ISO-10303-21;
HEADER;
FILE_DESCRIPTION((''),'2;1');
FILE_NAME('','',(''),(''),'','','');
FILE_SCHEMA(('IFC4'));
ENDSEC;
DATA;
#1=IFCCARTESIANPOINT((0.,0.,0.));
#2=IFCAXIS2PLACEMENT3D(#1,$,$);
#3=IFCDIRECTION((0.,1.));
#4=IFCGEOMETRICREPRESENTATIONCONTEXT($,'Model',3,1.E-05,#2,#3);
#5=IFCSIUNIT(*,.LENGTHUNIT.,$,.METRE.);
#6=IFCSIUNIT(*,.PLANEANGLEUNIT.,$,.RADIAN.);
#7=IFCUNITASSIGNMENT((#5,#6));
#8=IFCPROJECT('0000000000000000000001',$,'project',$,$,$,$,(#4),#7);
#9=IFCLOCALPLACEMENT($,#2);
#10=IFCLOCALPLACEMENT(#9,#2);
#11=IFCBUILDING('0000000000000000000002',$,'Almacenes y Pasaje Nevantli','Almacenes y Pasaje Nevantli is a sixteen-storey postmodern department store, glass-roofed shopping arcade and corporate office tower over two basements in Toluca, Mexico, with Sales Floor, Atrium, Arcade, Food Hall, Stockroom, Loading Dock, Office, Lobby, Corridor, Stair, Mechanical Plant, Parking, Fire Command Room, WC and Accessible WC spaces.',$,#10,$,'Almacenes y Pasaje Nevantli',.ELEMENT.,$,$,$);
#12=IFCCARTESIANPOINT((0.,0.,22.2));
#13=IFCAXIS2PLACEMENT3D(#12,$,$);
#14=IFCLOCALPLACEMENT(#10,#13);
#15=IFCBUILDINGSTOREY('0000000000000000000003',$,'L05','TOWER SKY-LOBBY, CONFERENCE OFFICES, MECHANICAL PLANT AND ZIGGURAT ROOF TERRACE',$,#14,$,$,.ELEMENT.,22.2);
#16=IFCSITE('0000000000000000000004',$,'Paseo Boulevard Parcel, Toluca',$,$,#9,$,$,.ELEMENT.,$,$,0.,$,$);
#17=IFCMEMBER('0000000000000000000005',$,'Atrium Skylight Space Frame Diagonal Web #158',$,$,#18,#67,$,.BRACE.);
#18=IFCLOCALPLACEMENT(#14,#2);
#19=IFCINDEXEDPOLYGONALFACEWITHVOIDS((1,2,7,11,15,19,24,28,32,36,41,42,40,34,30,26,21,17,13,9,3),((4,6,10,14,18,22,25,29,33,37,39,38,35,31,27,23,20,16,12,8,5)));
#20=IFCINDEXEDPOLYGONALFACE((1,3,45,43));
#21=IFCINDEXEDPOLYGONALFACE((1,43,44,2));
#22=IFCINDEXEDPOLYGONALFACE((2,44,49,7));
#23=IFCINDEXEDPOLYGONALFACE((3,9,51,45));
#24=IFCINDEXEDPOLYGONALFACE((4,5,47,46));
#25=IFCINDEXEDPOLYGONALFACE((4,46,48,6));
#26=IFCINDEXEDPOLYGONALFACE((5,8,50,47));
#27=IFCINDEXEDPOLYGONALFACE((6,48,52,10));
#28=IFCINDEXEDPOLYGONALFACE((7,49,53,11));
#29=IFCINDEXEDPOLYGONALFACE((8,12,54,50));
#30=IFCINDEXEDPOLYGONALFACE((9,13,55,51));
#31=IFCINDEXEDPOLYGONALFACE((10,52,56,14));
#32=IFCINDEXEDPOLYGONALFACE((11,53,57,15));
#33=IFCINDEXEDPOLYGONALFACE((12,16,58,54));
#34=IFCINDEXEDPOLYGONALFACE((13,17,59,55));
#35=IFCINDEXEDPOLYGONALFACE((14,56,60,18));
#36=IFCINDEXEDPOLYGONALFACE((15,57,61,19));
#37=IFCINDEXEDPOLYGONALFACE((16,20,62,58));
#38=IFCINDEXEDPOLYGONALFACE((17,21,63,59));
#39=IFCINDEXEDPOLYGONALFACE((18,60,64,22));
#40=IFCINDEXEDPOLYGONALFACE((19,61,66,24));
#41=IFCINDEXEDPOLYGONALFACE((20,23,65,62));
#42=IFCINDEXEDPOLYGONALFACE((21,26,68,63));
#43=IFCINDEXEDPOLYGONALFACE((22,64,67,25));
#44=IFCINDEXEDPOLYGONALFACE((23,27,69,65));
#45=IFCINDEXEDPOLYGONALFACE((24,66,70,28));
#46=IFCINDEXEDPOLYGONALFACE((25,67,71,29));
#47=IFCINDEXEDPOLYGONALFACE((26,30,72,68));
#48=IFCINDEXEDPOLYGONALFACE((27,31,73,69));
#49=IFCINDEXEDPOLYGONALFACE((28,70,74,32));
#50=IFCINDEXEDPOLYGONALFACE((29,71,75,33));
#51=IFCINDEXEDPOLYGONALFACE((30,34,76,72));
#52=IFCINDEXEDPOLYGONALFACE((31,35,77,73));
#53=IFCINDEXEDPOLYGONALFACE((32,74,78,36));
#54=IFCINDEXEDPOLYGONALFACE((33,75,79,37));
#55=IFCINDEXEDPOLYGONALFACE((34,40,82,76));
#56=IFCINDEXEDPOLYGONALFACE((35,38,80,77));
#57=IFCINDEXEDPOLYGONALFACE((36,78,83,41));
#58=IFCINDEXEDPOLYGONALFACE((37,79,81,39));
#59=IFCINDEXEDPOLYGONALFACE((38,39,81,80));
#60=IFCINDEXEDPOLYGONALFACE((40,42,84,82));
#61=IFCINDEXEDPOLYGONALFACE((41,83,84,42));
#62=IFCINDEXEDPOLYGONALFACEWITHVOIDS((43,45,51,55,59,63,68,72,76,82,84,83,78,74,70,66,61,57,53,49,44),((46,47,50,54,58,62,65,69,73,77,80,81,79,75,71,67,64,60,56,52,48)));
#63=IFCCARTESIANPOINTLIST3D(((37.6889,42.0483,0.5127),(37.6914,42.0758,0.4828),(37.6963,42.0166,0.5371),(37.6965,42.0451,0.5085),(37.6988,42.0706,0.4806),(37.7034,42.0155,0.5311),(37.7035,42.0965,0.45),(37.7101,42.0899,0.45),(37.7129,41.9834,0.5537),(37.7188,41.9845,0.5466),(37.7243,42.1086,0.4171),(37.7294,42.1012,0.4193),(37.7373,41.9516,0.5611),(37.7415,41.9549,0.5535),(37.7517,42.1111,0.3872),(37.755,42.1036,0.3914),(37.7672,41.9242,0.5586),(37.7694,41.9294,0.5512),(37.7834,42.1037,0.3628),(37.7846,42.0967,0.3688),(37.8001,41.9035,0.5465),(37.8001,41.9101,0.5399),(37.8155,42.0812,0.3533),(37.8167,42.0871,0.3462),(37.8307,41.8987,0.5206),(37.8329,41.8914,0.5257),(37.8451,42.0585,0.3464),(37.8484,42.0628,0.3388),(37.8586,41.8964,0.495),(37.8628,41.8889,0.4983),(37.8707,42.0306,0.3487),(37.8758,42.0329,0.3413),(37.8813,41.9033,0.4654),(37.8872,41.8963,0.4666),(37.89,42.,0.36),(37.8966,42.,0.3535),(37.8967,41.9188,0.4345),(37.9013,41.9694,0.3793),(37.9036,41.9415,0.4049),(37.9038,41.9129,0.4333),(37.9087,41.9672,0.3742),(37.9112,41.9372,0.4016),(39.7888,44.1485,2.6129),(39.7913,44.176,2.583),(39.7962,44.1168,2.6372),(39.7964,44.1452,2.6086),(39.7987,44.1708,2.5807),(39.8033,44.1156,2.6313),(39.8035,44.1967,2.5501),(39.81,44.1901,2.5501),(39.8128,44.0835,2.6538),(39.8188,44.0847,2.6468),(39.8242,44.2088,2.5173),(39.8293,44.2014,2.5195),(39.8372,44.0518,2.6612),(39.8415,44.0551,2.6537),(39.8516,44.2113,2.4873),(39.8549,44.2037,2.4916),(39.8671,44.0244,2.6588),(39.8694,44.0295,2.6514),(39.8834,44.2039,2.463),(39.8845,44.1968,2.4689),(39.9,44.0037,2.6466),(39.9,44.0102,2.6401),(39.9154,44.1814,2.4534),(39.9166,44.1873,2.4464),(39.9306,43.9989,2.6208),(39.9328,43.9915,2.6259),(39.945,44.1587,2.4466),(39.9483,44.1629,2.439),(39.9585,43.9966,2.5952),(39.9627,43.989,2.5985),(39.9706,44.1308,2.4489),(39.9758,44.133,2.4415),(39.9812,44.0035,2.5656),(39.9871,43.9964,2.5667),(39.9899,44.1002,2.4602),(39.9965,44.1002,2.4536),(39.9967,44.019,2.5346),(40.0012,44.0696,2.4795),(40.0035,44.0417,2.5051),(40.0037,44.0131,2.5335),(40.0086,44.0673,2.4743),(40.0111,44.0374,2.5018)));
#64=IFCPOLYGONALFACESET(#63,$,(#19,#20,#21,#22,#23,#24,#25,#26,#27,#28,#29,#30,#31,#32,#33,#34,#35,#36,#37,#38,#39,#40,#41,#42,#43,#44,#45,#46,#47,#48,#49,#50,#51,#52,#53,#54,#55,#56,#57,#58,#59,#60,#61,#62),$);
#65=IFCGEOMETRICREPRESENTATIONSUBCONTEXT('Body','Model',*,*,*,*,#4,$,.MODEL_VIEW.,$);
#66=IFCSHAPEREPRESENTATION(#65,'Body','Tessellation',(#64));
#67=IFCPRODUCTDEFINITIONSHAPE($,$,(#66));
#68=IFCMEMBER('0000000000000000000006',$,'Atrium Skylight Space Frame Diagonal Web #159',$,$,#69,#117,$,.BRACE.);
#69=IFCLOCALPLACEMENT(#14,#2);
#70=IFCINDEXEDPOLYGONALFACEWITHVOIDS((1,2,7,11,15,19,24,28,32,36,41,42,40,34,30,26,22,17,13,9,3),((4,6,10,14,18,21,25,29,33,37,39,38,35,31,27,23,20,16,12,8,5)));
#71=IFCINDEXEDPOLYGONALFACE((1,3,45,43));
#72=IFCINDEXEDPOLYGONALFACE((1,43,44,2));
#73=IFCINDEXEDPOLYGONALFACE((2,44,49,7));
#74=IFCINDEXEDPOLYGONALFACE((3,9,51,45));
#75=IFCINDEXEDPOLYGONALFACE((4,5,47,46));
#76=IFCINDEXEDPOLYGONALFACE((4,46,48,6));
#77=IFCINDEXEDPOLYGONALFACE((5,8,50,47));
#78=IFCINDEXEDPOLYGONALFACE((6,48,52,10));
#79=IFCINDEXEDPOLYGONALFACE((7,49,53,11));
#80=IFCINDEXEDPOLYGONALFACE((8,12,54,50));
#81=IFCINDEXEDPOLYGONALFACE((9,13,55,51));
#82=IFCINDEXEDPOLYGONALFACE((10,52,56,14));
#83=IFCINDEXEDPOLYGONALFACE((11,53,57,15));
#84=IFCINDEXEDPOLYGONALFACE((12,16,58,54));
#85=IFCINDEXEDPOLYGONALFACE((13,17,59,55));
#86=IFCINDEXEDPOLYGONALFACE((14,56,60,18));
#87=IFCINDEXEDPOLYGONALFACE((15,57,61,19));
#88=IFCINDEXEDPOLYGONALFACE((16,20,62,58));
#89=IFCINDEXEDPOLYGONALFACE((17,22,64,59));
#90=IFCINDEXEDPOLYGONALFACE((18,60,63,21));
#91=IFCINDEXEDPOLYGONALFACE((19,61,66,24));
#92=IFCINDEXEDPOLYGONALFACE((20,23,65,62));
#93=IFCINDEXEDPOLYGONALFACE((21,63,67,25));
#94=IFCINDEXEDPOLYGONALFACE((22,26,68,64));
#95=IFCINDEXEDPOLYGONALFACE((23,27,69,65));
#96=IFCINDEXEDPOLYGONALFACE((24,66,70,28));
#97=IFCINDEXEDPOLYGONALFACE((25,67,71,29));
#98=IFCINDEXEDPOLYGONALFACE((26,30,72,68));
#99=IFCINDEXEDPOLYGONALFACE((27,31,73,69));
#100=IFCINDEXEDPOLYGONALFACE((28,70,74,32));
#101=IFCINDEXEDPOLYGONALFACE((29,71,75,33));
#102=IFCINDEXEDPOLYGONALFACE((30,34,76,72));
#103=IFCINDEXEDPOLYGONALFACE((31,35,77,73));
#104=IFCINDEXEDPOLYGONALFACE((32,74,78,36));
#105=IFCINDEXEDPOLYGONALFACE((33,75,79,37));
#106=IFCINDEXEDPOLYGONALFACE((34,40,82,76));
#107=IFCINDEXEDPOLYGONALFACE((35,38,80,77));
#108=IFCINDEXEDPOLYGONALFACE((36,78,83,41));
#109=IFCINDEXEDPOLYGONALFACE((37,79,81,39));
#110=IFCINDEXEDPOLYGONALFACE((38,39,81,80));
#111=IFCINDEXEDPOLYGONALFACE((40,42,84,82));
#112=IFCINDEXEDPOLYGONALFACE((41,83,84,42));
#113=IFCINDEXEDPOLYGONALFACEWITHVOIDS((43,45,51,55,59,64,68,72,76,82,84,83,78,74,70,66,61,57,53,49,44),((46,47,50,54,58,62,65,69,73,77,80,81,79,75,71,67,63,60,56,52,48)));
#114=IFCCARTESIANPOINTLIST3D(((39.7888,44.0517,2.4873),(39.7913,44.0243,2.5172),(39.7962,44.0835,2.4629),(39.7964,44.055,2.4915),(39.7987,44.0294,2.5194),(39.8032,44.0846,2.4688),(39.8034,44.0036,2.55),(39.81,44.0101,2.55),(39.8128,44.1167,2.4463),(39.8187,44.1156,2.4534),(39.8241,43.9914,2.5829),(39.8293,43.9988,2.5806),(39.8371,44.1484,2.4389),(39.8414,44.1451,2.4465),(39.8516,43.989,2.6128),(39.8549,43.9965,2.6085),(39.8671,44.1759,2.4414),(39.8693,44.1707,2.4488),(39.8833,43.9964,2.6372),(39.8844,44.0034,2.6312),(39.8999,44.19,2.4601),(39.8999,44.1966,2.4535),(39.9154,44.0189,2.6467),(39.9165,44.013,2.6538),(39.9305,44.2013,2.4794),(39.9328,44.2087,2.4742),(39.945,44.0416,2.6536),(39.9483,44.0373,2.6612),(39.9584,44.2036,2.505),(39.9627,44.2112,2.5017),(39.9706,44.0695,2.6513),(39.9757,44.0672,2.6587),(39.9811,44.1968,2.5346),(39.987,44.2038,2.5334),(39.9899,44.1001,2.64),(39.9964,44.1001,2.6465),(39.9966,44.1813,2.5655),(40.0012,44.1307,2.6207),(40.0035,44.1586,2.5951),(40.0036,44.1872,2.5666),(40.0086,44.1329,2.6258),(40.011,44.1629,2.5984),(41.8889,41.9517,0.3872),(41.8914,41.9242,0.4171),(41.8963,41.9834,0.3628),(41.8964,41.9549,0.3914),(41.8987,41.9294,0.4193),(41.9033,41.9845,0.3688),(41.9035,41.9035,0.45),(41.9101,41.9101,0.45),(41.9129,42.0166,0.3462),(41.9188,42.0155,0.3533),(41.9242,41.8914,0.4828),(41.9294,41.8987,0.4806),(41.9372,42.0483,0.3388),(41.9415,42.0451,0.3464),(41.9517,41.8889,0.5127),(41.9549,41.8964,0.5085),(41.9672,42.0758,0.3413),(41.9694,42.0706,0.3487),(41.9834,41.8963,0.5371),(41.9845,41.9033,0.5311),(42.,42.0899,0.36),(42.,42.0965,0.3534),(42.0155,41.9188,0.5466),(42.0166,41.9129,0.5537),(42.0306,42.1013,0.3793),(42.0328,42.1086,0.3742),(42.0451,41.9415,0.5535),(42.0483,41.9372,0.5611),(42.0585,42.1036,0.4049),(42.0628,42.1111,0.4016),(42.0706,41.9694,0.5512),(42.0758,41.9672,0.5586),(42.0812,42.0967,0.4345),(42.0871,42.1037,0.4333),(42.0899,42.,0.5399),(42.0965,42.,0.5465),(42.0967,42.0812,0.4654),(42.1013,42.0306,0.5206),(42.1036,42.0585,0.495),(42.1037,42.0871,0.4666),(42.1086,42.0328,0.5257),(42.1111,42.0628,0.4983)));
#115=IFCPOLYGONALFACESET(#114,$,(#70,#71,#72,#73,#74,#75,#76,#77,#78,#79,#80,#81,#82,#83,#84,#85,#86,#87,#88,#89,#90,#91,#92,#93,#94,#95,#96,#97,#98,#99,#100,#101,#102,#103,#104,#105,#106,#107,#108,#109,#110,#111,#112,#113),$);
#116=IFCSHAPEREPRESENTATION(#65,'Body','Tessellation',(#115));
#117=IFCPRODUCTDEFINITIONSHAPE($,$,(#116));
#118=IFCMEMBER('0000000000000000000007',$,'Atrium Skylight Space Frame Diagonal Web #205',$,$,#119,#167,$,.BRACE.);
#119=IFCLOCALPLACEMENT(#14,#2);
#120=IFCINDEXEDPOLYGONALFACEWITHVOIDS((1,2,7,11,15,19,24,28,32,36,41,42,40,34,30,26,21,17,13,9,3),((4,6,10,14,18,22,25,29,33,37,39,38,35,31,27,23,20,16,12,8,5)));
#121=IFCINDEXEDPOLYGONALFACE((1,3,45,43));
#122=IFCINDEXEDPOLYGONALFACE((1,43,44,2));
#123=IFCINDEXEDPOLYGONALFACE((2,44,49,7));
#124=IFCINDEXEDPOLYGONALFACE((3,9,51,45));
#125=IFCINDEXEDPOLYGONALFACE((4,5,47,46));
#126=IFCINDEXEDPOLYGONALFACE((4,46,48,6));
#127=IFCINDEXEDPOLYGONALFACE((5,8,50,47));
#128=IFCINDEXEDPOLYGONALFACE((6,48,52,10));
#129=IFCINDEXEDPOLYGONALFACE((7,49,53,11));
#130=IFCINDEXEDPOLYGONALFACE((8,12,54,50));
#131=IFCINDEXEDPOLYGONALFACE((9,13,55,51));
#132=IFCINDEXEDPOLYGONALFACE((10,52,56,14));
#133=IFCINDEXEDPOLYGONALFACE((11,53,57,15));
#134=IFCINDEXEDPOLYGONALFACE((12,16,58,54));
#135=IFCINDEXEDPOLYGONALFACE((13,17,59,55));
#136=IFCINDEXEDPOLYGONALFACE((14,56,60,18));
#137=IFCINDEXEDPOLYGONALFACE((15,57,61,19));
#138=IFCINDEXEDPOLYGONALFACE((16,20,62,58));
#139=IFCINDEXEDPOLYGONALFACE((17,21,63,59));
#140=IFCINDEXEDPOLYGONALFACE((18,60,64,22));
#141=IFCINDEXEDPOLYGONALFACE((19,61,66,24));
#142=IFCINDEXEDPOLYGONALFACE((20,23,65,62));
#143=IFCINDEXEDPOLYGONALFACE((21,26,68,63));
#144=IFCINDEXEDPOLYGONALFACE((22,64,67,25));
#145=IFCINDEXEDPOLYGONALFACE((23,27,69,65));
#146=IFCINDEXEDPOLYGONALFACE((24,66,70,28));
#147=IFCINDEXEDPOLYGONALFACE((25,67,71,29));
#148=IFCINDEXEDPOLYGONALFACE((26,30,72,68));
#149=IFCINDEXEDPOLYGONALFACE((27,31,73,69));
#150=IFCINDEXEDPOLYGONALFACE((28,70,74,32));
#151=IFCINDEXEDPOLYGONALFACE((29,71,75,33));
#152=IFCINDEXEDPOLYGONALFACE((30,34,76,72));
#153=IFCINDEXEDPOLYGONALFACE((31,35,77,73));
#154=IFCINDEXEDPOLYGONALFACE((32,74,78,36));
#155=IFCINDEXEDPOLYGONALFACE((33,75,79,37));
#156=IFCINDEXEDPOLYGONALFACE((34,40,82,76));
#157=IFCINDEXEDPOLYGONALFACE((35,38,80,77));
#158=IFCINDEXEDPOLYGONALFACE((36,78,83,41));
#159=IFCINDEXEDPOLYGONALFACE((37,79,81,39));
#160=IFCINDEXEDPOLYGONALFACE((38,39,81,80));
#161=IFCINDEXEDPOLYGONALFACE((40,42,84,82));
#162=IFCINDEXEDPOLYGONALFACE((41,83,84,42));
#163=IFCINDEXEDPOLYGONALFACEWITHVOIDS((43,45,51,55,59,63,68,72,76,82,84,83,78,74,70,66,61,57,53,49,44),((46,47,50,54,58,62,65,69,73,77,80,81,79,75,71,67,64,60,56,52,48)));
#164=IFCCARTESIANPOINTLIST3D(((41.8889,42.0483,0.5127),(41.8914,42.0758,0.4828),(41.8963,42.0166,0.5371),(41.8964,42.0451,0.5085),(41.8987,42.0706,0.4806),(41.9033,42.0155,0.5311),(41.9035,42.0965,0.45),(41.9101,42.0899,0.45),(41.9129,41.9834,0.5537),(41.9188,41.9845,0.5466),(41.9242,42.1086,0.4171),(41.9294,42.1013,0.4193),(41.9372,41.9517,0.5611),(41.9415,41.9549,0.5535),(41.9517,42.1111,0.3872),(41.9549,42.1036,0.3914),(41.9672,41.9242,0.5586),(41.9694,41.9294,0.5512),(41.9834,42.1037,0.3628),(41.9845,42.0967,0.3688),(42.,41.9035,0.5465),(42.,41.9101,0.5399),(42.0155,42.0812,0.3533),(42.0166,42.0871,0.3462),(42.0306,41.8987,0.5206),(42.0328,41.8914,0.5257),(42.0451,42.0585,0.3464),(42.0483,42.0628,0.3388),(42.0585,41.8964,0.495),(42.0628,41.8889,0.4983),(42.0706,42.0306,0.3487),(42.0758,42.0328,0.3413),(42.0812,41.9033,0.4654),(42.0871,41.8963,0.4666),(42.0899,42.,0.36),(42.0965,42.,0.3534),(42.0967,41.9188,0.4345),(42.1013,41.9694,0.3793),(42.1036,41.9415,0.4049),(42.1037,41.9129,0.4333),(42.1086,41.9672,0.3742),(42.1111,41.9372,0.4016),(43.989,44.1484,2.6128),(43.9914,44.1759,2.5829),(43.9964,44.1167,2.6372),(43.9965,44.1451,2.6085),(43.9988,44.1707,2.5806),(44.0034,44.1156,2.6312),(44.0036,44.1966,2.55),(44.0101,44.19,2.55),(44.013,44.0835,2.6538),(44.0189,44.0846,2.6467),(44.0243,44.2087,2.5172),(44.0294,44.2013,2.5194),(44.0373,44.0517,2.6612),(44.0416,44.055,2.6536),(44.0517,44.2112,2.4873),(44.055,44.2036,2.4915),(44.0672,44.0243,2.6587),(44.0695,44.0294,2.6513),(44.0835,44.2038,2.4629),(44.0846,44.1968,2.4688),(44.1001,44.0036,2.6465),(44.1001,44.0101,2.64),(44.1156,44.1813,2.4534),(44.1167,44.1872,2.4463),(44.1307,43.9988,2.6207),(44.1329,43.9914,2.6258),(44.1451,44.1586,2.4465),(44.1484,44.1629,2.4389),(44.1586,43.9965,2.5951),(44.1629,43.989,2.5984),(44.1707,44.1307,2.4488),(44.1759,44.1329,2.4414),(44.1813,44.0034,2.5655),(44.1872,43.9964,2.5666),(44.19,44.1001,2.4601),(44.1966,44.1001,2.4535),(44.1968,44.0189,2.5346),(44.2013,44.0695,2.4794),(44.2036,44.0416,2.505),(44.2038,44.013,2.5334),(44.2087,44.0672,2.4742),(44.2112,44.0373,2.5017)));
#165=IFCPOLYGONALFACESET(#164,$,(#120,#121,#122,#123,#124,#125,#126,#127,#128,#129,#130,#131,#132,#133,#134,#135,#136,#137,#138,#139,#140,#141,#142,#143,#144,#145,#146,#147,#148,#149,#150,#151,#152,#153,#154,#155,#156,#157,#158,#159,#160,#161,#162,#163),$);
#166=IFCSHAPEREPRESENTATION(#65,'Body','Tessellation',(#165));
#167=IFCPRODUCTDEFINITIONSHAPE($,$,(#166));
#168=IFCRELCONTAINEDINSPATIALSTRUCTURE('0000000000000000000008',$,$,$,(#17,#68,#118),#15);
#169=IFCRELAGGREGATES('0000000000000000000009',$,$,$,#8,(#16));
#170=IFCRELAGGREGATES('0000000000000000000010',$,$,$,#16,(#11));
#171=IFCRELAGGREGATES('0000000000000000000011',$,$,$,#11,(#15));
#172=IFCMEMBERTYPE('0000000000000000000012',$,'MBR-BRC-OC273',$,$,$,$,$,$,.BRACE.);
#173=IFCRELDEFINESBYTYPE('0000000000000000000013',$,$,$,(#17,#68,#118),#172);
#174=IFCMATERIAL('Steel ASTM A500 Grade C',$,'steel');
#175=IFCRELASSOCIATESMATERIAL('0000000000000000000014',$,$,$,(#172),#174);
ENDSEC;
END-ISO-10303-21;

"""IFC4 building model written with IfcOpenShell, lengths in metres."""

from ifc_helpers import new_model, si_unit, direction, frame, origin, origin_2d, place, context, subcontext, project, spatial, hollow_circle, extrude, material, material_profile, profile_set, type_object, element, save


model = new_model("IFC4")

# Units and contexts
model_context = context("Model", 3, precision=1e-05, world=origin(), true_north=direction((0.0, 1.0)))
body_context = subcontext(model_context, "Body", "Model", "MODEL_VIEW")
ifc_project = project(units=[si_unit("LENGTHUNIT", "METRE"), si_unit("PLANEANGLEUNIT", "RADIAN")], contexts=[model_context])

# Site, building, storey
site_placement = place(None, origin())
site = spatial("IfcSite", under=ifc_project, at=site_placement, Name="Paseo Boulevard Parcel, Toluca", CompositionType="ELEMENT", RefElevation=0.0)
building_placement = place(site_placement, origin())
building = spatial("IfcBuilding", under=site, at=building_placement, Name="Almacenes y Pasaje Nevantli", Description="Almacenes y Pasaje Nevantli is a sixteen-storey postmodern department store, glass-roofed shopping arcade and corporate office tower over two basements in Toluca, Mexico, with Sales Floor, Atrium, Arcade, Food Hall, Stockroom, Loading Dock, Office, Lobby, Corridor, Stair, Mechanical Plant, Parking, Fire Command Room, WC and Accessible WC spaces.", LongName="Almacenes y Pasaje Nevantli", CompositionType="ELEMENT")
storey_placement = place(building_placement, frame((0.0, 0.0, 22.2)))
storey = spatial("IfcBuildingStorey", under=building, at=storey_placement, Name="L05", Description="TOWER SKY-LOBBY, CONFERENCE OFFICES, MECHANICAL PLANT AND ZIGGURAT ROOF TERRACE", CompositionType="ELEMENT", Elevation=22.2)

# Members
ifc_material_1 = material(Name="Steel ASTM A500 Grade C", Category="steel")
ifc_material_profile_1 = material_profile(ifc_material_1, hollow_circle(Radius=0.1365, WallThickness=0.0093, at=origin_2d()), Name="OC 273x9.3")
ifc_profile_set_1 = profile_set([ifc_material_profile_1], Name="Steel ASTM A500 Grade C")
member_type_1 = type_object("IfcMemberType", Name="MBR-BRC-OC273", PredefinedType="BRACE", material=ifc_profile_set_1)
for number, where, z_axis, x_axis, name in (
    (1, (37.8, 42.0, 0.45), (0.577306, 0.577373, 0.577373), (-0.707148, 0.707066, 0.0), "Atrium Skylight Space Frame Diagonal Web #158"),
    (2, (42.0, 42.0, 0.45), (-0.57735, 0.57735, 0.57735), (-0.707107, -0.707107, 0.0), "Atrium Skylight Space Frame Diagonal Web #159"),
    (3, (42.0, 42.0, 0.45), (0.57735, 0.57735, 0.57735), (-0.707107, 0.707107, 0.0), "Atrium Skylight Space Frame Diagonal Web #205"),
):
    element("IfcMember", number, at=place(storey_placement, frame(where, z_axis=z_axis, x_axis=x_axis)), inside=storey, type_object=member_type_1, Name=name, PredefinedType="BRACE", context=body_context, shape_type="SweptSolid", body=[
        extrude(hollow_circle(Radius=0.1365, WallThickness=0.0093, at=origin_2d()), origin(), (0.0, 0.0, 1.0), 3.6375),
    ])

save(model, "model.ifc")
